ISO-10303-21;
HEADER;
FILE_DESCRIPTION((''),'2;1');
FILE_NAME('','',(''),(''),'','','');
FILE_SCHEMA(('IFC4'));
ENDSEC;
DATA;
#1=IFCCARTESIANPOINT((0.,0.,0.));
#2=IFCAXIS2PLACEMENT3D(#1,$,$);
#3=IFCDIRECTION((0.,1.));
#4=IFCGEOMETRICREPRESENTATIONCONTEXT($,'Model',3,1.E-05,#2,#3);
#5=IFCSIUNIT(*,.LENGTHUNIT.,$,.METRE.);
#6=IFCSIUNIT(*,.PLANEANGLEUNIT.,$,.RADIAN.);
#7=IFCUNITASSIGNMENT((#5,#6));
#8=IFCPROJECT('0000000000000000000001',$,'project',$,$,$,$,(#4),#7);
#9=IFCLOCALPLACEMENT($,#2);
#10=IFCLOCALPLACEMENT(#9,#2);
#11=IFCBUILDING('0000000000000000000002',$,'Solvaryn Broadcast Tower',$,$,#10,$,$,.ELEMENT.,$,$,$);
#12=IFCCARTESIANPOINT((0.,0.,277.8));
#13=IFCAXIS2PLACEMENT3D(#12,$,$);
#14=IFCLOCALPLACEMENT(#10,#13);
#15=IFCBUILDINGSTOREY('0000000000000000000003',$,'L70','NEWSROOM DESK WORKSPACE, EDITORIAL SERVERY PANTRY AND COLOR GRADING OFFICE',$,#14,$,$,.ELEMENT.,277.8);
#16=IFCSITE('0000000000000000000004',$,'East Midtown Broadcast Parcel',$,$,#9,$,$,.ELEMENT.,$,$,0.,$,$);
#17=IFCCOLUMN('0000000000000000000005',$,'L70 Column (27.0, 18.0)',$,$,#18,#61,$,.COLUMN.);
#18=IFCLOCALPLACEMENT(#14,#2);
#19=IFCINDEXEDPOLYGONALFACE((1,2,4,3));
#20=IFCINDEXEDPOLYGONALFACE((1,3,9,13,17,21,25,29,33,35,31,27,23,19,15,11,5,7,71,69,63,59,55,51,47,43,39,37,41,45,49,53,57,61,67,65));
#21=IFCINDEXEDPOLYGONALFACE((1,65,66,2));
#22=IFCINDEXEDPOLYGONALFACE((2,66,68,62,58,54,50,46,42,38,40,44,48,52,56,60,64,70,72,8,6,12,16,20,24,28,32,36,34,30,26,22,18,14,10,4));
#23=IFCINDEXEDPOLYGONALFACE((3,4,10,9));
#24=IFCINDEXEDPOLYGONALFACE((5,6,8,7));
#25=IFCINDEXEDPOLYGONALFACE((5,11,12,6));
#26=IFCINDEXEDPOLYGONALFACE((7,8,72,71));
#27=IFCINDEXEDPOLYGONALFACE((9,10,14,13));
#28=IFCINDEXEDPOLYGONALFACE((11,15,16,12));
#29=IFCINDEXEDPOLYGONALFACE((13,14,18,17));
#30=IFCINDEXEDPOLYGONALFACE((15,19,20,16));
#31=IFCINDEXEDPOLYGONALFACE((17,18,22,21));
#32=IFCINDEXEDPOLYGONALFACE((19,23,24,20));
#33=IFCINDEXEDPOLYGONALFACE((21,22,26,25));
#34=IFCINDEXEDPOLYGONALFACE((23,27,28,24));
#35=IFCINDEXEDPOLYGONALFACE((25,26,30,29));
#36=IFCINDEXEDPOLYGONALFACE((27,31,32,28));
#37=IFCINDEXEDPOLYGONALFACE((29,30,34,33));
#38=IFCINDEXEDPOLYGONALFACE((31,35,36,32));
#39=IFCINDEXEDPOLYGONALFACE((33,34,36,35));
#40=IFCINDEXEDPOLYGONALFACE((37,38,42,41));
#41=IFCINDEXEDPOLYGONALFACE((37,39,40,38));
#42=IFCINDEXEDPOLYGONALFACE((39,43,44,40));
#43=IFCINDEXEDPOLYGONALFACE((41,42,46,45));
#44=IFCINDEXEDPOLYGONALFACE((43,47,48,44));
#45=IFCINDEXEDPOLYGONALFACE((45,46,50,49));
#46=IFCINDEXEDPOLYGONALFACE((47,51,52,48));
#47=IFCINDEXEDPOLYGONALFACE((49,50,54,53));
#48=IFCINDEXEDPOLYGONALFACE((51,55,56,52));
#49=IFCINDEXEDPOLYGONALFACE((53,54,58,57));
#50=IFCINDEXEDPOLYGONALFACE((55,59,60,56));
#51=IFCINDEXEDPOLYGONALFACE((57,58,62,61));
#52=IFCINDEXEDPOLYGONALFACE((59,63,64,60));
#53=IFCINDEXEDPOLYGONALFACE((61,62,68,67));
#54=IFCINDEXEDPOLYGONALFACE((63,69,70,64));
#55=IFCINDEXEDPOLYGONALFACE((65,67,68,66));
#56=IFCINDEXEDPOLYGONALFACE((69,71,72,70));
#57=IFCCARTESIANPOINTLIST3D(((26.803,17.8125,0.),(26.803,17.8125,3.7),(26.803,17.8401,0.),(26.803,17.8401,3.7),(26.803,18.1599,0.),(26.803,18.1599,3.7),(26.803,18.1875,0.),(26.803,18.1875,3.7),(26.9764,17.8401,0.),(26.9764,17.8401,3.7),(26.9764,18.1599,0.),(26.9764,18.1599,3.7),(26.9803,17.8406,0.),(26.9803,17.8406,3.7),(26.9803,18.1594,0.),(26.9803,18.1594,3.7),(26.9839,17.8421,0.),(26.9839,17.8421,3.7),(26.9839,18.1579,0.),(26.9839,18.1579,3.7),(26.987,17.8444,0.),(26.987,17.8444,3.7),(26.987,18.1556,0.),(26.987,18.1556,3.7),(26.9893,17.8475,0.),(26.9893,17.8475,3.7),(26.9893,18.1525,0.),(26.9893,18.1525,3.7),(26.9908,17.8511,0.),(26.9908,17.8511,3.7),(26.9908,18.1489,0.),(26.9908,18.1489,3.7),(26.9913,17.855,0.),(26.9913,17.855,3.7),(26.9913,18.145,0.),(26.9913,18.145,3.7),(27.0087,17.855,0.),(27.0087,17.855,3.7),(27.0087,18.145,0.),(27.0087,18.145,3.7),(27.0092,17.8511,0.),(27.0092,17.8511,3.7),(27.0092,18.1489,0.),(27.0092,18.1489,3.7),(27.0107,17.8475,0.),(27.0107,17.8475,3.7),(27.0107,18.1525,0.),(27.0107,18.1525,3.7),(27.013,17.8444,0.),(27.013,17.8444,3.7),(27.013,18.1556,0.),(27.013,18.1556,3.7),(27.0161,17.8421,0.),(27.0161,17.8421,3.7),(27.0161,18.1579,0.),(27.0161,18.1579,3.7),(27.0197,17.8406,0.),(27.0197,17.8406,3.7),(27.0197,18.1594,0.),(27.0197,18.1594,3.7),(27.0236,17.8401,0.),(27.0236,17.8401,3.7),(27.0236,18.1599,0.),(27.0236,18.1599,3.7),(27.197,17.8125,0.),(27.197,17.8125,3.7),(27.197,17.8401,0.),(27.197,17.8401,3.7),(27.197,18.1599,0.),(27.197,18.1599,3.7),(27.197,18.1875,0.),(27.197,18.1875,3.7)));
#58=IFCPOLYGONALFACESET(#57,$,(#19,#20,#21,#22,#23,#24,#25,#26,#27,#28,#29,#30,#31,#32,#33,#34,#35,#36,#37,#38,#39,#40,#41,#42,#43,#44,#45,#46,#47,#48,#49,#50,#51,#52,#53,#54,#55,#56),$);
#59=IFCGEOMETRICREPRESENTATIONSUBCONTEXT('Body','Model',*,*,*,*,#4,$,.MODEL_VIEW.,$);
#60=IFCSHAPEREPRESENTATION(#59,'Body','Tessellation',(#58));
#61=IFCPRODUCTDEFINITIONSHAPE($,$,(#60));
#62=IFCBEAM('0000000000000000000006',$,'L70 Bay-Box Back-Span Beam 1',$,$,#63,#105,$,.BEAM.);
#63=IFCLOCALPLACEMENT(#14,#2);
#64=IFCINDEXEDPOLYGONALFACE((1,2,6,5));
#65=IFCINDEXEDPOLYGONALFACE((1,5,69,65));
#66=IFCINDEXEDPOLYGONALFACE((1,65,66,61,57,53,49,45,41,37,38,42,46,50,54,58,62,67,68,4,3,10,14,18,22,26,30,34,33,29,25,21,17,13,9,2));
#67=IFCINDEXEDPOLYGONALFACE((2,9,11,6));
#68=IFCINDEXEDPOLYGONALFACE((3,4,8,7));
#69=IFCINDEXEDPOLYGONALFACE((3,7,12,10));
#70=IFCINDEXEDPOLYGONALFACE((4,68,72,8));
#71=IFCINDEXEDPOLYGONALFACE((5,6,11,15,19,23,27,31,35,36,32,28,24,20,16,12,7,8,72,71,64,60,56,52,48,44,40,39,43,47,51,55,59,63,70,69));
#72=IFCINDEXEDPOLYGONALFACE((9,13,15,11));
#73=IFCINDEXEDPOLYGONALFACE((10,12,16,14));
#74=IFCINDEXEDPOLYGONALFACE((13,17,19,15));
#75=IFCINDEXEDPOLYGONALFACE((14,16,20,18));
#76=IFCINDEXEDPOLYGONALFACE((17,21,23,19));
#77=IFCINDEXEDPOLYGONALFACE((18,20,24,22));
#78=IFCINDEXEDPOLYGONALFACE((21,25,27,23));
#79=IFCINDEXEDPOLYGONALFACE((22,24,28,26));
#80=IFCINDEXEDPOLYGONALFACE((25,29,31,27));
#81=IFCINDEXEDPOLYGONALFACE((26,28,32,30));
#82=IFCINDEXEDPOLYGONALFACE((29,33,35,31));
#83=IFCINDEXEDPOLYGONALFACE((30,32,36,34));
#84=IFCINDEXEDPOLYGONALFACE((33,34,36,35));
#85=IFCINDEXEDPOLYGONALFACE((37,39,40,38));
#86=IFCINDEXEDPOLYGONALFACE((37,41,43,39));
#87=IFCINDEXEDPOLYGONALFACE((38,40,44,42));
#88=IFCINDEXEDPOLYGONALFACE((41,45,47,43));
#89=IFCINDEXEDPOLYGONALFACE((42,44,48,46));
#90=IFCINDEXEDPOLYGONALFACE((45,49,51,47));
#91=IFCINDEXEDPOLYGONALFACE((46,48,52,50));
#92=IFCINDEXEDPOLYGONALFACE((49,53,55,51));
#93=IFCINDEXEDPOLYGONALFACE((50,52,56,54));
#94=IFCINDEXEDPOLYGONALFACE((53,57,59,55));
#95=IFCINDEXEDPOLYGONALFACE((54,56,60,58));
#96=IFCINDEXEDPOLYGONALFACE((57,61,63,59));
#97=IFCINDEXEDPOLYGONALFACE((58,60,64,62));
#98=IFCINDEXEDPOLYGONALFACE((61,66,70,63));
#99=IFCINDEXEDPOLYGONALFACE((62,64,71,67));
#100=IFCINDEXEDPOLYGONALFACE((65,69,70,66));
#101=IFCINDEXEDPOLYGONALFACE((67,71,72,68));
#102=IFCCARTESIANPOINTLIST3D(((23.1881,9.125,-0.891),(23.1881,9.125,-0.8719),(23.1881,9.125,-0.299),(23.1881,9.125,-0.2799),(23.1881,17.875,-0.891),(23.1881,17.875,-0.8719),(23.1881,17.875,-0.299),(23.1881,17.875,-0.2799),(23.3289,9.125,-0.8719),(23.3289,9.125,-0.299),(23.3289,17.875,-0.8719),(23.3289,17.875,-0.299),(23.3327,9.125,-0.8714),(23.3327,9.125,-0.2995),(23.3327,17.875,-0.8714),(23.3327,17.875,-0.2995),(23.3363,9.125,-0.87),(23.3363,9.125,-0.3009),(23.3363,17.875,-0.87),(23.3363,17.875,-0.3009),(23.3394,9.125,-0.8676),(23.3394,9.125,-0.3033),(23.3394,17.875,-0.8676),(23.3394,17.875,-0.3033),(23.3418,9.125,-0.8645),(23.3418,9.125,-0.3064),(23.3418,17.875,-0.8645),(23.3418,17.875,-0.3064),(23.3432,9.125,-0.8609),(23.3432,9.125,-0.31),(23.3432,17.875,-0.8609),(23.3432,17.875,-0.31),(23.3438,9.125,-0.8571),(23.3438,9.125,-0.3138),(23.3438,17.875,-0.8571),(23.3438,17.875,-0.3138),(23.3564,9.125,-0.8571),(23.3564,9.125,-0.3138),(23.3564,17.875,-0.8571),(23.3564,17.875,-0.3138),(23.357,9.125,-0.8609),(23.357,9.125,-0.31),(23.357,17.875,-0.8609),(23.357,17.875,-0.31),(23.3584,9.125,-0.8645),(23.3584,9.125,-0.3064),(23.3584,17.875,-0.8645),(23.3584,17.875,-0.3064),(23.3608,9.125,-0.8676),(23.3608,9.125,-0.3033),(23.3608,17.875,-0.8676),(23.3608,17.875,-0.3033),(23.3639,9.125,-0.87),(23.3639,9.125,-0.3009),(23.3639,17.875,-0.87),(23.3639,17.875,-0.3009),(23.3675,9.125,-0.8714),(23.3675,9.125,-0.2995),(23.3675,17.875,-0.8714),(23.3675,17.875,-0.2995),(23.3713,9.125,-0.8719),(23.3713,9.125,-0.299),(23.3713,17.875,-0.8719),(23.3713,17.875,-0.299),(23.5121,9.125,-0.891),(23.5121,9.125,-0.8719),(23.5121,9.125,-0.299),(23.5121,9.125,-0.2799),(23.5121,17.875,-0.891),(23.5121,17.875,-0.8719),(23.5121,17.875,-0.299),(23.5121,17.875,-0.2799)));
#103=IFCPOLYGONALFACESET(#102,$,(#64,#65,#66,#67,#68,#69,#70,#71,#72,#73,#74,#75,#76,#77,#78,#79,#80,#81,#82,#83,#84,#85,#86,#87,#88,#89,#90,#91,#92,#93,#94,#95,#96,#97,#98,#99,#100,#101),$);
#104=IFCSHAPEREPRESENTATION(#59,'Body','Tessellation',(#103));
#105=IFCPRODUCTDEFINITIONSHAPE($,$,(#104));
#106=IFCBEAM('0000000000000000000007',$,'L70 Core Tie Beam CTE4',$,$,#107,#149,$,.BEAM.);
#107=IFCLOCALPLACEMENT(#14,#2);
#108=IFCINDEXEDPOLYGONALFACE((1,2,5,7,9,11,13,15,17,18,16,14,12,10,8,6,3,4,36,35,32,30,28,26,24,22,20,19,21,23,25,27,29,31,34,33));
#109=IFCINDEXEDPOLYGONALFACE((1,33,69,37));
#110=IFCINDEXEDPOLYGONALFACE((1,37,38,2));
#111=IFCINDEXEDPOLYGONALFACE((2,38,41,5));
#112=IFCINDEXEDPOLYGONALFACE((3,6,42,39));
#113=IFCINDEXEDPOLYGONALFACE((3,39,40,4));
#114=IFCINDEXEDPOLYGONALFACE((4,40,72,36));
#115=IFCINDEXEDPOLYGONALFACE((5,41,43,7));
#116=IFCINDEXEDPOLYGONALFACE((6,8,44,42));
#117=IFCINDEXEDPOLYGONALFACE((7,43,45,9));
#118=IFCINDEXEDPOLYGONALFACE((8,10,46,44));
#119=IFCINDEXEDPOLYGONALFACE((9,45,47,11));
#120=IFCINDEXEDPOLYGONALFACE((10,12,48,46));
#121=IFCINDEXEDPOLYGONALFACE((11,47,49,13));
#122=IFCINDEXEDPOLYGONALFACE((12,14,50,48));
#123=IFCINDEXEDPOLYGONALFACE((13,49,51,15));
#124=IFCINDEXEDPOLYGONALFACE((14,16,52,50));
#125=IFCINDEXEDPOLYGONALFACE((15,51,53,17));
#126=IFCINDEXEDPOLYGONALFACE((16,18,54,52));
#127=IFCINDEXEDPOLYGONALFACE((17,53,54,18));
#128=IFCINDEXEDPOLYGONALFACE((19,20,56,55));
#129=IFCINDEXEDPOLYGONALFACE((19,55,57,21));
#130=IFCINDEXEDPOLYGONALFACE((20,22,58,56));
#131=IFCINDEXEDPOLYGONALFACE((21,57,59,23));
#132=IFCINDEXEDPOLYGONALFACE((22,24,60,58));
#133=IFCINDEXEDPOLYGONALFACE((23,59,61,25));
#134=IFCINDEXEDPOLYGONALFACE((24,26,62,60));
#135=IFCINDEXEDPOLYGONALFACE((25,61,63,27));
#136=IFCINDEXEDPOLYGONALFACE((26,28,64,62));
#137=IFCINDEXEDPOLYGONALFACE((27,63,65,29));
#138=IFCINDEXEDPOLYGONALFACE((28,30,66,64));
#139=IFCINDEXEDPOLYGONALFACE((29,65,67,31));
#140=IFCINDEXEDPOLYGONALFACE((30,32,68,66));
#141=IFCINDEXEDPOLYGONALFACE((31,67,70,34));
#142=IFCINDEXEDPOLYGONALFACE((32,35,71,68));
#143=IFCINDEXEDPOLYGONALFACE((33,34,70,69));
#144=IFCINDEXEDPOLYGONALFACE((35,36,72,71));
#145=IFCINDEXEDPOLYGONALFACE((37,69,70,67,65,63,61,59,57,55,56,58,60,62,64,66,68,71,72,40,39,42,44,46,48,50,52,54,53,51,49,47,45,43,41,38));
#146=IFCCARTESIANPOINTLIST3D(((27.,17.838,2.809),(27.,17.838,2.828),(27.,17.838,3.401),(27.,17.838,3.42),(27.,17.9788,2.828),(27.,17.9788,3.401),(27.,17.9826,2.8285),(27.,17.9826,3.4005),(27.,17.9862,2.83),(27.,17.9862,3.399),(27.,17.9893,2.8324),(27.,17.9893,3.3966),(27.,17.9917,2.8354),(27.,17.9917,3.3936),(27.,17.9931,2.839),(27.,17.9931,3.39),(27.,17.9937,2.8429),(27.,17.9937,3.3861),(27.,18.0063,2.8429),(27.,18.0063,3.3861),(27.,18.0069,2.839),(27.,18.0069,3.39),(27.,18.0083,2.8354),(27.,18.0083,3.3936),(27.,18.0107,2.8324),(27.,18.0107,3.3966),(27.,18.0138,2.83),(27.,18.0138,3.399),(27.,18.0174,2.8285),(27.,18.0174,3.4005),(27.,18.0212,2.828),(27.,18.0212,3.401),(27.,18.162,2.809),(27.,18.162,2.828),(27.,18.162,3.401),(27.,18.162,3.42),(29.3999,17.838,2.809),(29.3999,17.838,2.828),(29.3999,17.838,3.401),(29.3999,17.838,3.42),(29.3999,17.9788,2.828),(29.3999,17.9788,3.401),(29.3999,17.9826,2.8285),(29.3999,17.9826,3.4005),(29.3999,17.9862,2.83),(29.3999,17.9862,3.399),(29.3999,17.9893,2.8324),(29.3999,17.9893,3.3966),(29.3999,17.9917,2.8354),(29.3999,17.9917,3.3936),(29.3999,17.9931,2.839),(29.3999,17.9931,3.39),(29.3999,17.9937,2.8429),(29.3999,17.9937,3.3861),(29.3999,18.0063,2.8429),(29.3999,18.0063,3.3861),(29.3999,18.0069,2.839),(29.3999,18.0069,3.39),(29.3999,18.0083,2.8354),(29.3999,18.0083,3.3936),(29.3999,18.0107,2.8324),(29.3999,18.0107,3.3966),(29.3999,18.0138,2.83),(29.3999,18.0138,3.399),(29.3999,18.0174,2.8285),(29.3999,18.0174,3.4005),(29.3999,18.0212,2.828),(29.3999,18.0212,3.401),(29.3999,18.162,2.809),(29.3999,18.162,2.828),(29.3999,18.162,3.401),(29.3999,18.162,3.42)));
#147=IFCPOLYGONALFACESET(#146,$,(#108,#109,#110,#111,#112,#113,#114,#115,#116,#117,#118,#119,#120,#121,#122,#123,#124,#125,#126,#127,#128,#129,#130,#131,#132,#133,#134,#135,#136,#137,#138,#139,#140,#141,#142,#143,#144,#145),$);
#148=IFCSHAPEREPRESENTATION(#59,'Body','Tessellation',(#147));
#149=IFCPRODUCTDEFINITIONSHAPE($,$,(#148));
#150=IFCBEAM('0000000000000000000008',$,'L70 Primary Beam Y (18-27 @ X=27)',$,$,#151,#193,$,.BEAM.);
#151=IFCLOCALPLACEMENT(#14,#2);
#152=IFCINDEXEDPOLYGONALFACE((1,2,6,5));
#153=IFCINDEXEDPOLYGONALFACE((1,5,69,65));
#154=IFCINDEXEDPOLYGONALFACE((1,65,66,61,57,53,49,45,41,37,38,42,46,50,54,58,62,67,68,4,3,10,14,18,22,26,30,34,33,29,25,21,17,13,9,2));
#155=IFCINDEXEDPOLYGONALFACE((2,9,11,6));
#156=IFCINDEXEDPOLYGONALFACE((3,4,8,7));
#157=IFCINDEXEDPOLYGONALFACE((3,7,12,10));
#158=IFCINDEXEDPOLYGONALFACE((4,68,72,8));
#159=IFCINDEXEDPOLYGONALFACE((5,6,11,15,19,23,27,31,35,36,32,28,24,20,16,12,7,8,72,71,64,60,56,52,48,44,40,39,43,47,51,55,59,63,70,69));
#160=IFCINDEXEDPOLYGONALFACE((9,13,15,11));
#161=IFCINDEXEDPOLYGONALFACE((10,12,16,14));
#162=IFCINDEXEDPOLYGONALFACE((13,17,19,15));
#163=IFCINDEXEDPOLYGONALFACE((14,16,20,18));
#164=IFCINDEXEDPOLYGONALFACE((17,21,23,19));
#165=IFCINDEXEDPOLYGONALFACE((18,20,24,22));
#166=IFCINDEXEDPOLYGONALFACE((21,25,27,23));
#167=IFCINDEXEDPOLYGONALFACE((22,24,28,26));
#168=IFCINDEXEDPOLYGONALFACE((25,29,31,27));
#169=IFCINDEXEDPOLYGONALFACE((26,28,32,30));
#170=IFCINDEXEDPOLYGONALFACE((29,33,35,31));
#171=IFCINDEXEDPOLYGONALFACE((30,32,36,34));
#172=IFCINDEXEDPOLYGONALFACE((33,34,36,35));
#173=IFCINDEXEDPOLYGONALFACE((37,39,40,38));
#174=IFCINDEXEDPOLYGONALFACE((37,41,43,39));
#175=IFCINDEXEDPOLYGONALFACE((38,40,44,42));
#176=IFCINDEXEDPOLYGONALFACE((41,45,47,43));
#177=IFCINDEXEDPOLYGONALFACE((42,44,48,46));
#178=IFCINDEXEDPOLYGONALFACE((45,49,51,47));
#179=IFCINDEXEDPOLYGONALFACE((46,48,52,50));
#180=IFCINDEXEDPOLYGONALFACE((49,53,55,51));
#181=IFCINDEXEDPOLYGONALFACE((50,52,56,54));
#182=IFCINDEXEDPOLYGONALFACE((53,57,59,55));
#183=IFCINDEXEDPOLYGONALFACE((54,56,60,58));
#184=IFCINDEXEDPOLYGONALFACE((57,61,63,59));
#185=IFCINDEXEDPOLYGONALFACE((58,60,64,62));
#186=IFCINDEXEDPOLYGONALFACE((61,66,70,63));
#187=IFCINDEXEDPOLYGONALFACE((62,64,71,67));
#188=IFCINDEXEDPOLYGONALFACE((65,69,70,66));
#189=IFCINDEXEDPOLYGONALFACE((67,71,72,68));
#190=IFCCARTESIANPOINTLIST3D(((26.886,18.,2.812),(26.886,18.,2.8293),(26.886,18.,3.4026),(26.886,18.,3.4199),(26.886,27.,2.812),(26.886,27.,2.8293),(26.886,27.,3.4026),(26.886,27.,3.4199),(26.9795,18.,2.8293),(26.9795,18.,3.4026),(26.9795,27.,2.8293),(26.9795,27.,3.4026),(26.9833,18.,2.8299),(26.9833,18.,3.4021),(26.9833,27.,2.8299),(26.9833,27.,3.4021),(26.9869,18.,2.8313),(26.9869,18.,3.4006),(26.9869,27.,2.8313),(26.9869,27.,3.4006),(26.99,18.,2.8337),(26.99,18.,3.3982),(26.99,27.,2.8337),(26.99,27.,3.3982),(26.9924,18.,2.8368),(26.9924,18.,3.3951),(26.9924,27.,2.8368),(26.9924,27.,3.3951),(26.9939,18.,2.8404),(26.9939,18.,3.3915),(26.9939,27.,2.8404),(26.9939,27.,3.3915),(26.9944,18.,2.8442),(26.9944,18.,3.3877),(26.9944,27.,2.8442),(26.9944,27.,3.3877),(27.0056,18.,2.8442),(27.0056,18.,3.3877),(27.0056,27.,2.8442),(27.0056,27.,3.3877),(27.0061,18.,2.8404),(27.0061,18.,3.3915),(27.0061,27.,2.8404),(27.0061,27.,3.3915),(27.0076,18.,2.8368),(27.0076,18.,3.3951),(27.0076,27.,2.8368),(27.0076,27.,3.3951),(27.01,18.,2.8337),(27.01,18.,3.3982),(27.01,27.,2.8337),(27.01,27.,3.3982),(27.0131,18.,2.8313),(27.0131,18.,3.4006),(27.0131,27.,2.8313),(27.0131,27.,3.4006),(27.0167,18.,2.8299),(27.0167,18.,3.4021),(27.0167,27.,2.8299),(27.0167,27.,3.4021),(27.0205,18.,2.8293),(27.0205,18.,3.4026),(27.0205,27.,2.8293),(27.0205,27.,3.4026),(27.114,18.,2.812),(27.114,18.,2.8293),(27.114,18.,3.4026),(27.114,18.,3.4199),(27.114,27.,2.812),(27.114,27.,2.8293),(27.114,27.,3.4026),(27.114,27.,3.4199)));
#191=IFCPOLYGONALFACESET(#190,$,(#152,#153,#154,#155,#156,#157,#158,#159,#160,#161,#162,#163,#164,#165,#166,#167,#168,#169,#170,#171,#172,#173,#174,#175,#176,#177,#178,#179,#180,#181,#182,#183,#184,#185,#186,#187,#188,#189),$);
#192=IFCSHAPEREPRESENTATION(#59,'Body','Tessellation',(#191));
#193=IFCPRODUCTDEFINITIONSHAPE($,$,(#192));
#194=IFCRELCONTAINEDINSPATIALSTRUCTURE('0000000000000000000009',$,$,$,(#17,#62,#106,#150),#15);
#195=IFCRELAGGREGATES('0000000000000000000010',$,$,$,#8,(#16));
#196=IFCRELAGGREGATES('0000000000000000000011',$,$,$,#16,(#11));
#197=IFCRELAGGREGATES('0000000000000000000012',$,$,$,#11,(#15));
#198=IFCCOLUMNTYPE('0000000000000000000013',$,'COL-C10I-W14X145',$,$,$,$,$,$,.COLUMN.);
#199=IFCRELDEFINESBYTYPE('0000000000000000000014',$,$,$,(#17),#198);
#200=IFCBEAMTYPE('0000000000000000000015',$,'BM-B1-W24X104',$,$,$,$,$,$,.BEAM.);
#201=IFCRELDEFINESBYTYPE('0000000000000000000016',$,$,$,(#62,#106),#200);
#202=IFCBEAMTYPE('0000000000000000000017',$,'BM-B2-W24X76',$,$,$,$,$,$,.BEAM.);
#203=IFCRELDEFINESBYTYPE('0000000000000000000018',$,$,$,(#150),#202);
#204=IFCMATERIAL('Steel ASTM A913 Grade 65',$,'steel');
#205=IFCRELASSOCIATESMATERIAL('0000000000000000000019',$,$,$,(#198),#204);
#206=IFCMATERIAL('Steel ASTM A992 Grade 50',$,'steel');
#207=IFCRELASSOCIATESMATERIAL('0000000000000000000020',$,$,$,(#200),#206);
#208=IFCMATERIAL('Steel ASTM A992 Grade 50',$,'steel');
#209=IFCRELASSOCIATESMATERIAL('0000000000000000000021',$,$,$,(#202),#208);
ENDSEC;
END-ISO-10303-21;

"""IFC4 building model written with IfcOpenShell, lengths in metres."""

from ifc_helpers import new_model, si_unit, direction, frame, origin, origin_2d, place, context, subcontext, project, spatial, i_section, extrude, material, material_profile, profile_set, type_object, element, save


model = new_model("IFC4")

# Units and contexts
model_context = context("Model", 3, precision=1e-05, world=origin(), true_north=direction((0.0, 1.0)))
body_context = subcontext(model_context, "Body", "Model", "MODEL_VIEW")
ifc_project = project(units=[si_unit("LENGTHUNIT", "METRE"), si_unit("PLANEANGLEUNIT", "RADIAN")], contexts=[model_context])

# Site, building, storey
site_placement = place(None, origin())
site = spatial("IfcSite", under=ifc_project, at=site_placement, Name="East Midtown Broadcast Parcel", CompositionType="ELEMENT", RefElevation=0.0)
building_placement = place(site_placement, origin())
building = spatial("IfcBuilding", under=site, at=building_placement, Name="Solvaryn Broadcast Tower", CompositionType="ELEMENT")
storey_placement = place(building_placement, frame((0.0, 0.0, 277.8)))
storey = spatial("IfcBuildingStorey", under=building, at=storey_placement, Name="L70", Description="NEWSROOM DESK WORKSPACE, EDITORIAL SERVERY PANTRY AND COLOR GRADING OFFICE", CompositionType="ELEMENT", Elevation=277.8)

# Column
ifc_material_1 = material(Name="Steel ASTM A913 Grade 65", Category="steel")
ifc_material_profile_1 = material_profile(ifc_material_1, i_section(OverallWidth=0.394, OverallDepth=0.375, WebThickness=0.0173, FlangeThickness=0.0276, FilletRadius=0.0149, at=origin_2d()))
ifc_profile_set_1 = profile_set([ifc_material_profile_1], Name="Steel ASTM A913 Grade 65")
column_type = type_object("IfcColumnType", Name="COL-C10I-W14X145", PredefinedType="COLUMN", material=ifc_profile_set_1)
column_placement = place(storey_placement, frame((27.0, 18.0, 0.0), z_axis=(0.0, 0.0, 1.0), x_axis=(1.0, 0.0, 0.0)))
element("IfcColumn", 1, at=column_placement, inside=storey, type_object=column_type, Name="L70 Column (27.0, 18.0)", PredefinedType="COLUMN", context=body_context, shape_type="SweptSolid", body=[
    extrude(i_section(OverallWidth=0.394, OverallDepth=0.375, WebThickness=0.0173, FlangeThickness=0.0276, FilletRadius=0.0149, at=origin_2d()), origin(), (0.0, 0.0, 1.0), 3.7),
])

# Beams
ifc_material_2 = material(Name="Steel ASTM A992 Grade 50", Category="steel")
ifc_material_profile_2 = material_profile(ifc_material_2, i_section(OverallWidth=0.324, OverallDepth=0.6111, WebThickness=0.0127, FlangeThickness=0.019, FilletRadius=0.0149, at=origin_2d()))
ifc_profile_set_2 = profile_set([ifc_material_profile_2], Name="Steel ASTM A992 Grade 50")
beam_type_1 = type_object("IfcBeamType", Name="BM-B1-W24X104", PredefinedType="BEAM", material=ifc_profile_set_2)
beam_1_placement = place(storey_placement, frame((23.3501, 17.875, -0.5854), z_axis=(0.0, -1.0, 0.0), x_axis=(1.0, 0.0, 0.0)))
element("IfcBeam", 2, at=beam_1_placement, inside=storey, type_object=beam_type_1, Name="L70 Bay-Box Back-Span Beam 1", PredefinedType="BEAM", context=body_context, shape_type="SweptSolid", body=[
    extrude(i_section(OverallWidth=0.324, OverallDepth=0.6111, WebThickness=0.0127, FlangeThickness=0.019, FilletRadius=0.0149, at=origin_2d()), origin(), (0.0, 0.0, 1.0), 8.75),
])
beam_2_placement = place(storey_placement, frame((27.0, 18.0, 3.1145), z_axis=(1.0, 0.0, 0.0), x_axis=(0.0, 1.0, 0.0)))
element("IfcBeam", 3, at=beam_2_placement, inside=storey, type_object=beam_type_1, Name="L70 Core Tie Beam CTE4", PredefinedType="BEAM", context=body_context, shape_type="SweptSolid", body=[
    extrude(i_section(OverallWidth=0.324, OverallDepth=0.6111, WebThickness=0.0127, FlangeThickness=0.019, FilletRadius=0.0149, at=origin_2d()), origin(), (0.0, 0.0, 1.0), 2.3999),
])
ifc_material_3 = material(Name="Steel ASTM A992 Grade 50", Category="steel")
ifc_material_profile_3 = material_profile(ifc_material_3, i_section(OverallWidth=0.228, OverallDepth=0.6079, WebThickness=0.0112, FlangeThickness=0.0173, FilletRadius=0.0149, at=origin_2d()))
ifc_profile_set_3 = profile_set([ifc_material_profile_3], Name="Steel ASTM A992 Grade 50")
beam_type_2 = type_object("IfcBeamType", Name="BM-B2-W24X76", PredefinedType="BEAM", material=ifc_profile_set_3)
beam_3_placement = place(storey_placement, frame((27.0, 18.0, 3.116), z_axis=(0.0, 1.0, 0.0), x_axis=(-1.0, 0.0, 0.0)))
element("IfcBeam", 4, at=beam_3_placement, inside=storey, type_object=beam_type_2, Name="L70 Primary Beam Y (18-27 @ X=27)", PredefinedType="BEAM", context=body_context, shape_type="SweptSolid", body=[
    extrude(i_section(OverallWidth=0.228, OverallDepth=0.6079, WebThickness=0.0112, FlangeThickness=0.0173, FilletRadius=0.0149, at=origin_2d()), origin(), (0.0, 0.0, 1.0), 9.0),
])

save(model, "model.ifc")
